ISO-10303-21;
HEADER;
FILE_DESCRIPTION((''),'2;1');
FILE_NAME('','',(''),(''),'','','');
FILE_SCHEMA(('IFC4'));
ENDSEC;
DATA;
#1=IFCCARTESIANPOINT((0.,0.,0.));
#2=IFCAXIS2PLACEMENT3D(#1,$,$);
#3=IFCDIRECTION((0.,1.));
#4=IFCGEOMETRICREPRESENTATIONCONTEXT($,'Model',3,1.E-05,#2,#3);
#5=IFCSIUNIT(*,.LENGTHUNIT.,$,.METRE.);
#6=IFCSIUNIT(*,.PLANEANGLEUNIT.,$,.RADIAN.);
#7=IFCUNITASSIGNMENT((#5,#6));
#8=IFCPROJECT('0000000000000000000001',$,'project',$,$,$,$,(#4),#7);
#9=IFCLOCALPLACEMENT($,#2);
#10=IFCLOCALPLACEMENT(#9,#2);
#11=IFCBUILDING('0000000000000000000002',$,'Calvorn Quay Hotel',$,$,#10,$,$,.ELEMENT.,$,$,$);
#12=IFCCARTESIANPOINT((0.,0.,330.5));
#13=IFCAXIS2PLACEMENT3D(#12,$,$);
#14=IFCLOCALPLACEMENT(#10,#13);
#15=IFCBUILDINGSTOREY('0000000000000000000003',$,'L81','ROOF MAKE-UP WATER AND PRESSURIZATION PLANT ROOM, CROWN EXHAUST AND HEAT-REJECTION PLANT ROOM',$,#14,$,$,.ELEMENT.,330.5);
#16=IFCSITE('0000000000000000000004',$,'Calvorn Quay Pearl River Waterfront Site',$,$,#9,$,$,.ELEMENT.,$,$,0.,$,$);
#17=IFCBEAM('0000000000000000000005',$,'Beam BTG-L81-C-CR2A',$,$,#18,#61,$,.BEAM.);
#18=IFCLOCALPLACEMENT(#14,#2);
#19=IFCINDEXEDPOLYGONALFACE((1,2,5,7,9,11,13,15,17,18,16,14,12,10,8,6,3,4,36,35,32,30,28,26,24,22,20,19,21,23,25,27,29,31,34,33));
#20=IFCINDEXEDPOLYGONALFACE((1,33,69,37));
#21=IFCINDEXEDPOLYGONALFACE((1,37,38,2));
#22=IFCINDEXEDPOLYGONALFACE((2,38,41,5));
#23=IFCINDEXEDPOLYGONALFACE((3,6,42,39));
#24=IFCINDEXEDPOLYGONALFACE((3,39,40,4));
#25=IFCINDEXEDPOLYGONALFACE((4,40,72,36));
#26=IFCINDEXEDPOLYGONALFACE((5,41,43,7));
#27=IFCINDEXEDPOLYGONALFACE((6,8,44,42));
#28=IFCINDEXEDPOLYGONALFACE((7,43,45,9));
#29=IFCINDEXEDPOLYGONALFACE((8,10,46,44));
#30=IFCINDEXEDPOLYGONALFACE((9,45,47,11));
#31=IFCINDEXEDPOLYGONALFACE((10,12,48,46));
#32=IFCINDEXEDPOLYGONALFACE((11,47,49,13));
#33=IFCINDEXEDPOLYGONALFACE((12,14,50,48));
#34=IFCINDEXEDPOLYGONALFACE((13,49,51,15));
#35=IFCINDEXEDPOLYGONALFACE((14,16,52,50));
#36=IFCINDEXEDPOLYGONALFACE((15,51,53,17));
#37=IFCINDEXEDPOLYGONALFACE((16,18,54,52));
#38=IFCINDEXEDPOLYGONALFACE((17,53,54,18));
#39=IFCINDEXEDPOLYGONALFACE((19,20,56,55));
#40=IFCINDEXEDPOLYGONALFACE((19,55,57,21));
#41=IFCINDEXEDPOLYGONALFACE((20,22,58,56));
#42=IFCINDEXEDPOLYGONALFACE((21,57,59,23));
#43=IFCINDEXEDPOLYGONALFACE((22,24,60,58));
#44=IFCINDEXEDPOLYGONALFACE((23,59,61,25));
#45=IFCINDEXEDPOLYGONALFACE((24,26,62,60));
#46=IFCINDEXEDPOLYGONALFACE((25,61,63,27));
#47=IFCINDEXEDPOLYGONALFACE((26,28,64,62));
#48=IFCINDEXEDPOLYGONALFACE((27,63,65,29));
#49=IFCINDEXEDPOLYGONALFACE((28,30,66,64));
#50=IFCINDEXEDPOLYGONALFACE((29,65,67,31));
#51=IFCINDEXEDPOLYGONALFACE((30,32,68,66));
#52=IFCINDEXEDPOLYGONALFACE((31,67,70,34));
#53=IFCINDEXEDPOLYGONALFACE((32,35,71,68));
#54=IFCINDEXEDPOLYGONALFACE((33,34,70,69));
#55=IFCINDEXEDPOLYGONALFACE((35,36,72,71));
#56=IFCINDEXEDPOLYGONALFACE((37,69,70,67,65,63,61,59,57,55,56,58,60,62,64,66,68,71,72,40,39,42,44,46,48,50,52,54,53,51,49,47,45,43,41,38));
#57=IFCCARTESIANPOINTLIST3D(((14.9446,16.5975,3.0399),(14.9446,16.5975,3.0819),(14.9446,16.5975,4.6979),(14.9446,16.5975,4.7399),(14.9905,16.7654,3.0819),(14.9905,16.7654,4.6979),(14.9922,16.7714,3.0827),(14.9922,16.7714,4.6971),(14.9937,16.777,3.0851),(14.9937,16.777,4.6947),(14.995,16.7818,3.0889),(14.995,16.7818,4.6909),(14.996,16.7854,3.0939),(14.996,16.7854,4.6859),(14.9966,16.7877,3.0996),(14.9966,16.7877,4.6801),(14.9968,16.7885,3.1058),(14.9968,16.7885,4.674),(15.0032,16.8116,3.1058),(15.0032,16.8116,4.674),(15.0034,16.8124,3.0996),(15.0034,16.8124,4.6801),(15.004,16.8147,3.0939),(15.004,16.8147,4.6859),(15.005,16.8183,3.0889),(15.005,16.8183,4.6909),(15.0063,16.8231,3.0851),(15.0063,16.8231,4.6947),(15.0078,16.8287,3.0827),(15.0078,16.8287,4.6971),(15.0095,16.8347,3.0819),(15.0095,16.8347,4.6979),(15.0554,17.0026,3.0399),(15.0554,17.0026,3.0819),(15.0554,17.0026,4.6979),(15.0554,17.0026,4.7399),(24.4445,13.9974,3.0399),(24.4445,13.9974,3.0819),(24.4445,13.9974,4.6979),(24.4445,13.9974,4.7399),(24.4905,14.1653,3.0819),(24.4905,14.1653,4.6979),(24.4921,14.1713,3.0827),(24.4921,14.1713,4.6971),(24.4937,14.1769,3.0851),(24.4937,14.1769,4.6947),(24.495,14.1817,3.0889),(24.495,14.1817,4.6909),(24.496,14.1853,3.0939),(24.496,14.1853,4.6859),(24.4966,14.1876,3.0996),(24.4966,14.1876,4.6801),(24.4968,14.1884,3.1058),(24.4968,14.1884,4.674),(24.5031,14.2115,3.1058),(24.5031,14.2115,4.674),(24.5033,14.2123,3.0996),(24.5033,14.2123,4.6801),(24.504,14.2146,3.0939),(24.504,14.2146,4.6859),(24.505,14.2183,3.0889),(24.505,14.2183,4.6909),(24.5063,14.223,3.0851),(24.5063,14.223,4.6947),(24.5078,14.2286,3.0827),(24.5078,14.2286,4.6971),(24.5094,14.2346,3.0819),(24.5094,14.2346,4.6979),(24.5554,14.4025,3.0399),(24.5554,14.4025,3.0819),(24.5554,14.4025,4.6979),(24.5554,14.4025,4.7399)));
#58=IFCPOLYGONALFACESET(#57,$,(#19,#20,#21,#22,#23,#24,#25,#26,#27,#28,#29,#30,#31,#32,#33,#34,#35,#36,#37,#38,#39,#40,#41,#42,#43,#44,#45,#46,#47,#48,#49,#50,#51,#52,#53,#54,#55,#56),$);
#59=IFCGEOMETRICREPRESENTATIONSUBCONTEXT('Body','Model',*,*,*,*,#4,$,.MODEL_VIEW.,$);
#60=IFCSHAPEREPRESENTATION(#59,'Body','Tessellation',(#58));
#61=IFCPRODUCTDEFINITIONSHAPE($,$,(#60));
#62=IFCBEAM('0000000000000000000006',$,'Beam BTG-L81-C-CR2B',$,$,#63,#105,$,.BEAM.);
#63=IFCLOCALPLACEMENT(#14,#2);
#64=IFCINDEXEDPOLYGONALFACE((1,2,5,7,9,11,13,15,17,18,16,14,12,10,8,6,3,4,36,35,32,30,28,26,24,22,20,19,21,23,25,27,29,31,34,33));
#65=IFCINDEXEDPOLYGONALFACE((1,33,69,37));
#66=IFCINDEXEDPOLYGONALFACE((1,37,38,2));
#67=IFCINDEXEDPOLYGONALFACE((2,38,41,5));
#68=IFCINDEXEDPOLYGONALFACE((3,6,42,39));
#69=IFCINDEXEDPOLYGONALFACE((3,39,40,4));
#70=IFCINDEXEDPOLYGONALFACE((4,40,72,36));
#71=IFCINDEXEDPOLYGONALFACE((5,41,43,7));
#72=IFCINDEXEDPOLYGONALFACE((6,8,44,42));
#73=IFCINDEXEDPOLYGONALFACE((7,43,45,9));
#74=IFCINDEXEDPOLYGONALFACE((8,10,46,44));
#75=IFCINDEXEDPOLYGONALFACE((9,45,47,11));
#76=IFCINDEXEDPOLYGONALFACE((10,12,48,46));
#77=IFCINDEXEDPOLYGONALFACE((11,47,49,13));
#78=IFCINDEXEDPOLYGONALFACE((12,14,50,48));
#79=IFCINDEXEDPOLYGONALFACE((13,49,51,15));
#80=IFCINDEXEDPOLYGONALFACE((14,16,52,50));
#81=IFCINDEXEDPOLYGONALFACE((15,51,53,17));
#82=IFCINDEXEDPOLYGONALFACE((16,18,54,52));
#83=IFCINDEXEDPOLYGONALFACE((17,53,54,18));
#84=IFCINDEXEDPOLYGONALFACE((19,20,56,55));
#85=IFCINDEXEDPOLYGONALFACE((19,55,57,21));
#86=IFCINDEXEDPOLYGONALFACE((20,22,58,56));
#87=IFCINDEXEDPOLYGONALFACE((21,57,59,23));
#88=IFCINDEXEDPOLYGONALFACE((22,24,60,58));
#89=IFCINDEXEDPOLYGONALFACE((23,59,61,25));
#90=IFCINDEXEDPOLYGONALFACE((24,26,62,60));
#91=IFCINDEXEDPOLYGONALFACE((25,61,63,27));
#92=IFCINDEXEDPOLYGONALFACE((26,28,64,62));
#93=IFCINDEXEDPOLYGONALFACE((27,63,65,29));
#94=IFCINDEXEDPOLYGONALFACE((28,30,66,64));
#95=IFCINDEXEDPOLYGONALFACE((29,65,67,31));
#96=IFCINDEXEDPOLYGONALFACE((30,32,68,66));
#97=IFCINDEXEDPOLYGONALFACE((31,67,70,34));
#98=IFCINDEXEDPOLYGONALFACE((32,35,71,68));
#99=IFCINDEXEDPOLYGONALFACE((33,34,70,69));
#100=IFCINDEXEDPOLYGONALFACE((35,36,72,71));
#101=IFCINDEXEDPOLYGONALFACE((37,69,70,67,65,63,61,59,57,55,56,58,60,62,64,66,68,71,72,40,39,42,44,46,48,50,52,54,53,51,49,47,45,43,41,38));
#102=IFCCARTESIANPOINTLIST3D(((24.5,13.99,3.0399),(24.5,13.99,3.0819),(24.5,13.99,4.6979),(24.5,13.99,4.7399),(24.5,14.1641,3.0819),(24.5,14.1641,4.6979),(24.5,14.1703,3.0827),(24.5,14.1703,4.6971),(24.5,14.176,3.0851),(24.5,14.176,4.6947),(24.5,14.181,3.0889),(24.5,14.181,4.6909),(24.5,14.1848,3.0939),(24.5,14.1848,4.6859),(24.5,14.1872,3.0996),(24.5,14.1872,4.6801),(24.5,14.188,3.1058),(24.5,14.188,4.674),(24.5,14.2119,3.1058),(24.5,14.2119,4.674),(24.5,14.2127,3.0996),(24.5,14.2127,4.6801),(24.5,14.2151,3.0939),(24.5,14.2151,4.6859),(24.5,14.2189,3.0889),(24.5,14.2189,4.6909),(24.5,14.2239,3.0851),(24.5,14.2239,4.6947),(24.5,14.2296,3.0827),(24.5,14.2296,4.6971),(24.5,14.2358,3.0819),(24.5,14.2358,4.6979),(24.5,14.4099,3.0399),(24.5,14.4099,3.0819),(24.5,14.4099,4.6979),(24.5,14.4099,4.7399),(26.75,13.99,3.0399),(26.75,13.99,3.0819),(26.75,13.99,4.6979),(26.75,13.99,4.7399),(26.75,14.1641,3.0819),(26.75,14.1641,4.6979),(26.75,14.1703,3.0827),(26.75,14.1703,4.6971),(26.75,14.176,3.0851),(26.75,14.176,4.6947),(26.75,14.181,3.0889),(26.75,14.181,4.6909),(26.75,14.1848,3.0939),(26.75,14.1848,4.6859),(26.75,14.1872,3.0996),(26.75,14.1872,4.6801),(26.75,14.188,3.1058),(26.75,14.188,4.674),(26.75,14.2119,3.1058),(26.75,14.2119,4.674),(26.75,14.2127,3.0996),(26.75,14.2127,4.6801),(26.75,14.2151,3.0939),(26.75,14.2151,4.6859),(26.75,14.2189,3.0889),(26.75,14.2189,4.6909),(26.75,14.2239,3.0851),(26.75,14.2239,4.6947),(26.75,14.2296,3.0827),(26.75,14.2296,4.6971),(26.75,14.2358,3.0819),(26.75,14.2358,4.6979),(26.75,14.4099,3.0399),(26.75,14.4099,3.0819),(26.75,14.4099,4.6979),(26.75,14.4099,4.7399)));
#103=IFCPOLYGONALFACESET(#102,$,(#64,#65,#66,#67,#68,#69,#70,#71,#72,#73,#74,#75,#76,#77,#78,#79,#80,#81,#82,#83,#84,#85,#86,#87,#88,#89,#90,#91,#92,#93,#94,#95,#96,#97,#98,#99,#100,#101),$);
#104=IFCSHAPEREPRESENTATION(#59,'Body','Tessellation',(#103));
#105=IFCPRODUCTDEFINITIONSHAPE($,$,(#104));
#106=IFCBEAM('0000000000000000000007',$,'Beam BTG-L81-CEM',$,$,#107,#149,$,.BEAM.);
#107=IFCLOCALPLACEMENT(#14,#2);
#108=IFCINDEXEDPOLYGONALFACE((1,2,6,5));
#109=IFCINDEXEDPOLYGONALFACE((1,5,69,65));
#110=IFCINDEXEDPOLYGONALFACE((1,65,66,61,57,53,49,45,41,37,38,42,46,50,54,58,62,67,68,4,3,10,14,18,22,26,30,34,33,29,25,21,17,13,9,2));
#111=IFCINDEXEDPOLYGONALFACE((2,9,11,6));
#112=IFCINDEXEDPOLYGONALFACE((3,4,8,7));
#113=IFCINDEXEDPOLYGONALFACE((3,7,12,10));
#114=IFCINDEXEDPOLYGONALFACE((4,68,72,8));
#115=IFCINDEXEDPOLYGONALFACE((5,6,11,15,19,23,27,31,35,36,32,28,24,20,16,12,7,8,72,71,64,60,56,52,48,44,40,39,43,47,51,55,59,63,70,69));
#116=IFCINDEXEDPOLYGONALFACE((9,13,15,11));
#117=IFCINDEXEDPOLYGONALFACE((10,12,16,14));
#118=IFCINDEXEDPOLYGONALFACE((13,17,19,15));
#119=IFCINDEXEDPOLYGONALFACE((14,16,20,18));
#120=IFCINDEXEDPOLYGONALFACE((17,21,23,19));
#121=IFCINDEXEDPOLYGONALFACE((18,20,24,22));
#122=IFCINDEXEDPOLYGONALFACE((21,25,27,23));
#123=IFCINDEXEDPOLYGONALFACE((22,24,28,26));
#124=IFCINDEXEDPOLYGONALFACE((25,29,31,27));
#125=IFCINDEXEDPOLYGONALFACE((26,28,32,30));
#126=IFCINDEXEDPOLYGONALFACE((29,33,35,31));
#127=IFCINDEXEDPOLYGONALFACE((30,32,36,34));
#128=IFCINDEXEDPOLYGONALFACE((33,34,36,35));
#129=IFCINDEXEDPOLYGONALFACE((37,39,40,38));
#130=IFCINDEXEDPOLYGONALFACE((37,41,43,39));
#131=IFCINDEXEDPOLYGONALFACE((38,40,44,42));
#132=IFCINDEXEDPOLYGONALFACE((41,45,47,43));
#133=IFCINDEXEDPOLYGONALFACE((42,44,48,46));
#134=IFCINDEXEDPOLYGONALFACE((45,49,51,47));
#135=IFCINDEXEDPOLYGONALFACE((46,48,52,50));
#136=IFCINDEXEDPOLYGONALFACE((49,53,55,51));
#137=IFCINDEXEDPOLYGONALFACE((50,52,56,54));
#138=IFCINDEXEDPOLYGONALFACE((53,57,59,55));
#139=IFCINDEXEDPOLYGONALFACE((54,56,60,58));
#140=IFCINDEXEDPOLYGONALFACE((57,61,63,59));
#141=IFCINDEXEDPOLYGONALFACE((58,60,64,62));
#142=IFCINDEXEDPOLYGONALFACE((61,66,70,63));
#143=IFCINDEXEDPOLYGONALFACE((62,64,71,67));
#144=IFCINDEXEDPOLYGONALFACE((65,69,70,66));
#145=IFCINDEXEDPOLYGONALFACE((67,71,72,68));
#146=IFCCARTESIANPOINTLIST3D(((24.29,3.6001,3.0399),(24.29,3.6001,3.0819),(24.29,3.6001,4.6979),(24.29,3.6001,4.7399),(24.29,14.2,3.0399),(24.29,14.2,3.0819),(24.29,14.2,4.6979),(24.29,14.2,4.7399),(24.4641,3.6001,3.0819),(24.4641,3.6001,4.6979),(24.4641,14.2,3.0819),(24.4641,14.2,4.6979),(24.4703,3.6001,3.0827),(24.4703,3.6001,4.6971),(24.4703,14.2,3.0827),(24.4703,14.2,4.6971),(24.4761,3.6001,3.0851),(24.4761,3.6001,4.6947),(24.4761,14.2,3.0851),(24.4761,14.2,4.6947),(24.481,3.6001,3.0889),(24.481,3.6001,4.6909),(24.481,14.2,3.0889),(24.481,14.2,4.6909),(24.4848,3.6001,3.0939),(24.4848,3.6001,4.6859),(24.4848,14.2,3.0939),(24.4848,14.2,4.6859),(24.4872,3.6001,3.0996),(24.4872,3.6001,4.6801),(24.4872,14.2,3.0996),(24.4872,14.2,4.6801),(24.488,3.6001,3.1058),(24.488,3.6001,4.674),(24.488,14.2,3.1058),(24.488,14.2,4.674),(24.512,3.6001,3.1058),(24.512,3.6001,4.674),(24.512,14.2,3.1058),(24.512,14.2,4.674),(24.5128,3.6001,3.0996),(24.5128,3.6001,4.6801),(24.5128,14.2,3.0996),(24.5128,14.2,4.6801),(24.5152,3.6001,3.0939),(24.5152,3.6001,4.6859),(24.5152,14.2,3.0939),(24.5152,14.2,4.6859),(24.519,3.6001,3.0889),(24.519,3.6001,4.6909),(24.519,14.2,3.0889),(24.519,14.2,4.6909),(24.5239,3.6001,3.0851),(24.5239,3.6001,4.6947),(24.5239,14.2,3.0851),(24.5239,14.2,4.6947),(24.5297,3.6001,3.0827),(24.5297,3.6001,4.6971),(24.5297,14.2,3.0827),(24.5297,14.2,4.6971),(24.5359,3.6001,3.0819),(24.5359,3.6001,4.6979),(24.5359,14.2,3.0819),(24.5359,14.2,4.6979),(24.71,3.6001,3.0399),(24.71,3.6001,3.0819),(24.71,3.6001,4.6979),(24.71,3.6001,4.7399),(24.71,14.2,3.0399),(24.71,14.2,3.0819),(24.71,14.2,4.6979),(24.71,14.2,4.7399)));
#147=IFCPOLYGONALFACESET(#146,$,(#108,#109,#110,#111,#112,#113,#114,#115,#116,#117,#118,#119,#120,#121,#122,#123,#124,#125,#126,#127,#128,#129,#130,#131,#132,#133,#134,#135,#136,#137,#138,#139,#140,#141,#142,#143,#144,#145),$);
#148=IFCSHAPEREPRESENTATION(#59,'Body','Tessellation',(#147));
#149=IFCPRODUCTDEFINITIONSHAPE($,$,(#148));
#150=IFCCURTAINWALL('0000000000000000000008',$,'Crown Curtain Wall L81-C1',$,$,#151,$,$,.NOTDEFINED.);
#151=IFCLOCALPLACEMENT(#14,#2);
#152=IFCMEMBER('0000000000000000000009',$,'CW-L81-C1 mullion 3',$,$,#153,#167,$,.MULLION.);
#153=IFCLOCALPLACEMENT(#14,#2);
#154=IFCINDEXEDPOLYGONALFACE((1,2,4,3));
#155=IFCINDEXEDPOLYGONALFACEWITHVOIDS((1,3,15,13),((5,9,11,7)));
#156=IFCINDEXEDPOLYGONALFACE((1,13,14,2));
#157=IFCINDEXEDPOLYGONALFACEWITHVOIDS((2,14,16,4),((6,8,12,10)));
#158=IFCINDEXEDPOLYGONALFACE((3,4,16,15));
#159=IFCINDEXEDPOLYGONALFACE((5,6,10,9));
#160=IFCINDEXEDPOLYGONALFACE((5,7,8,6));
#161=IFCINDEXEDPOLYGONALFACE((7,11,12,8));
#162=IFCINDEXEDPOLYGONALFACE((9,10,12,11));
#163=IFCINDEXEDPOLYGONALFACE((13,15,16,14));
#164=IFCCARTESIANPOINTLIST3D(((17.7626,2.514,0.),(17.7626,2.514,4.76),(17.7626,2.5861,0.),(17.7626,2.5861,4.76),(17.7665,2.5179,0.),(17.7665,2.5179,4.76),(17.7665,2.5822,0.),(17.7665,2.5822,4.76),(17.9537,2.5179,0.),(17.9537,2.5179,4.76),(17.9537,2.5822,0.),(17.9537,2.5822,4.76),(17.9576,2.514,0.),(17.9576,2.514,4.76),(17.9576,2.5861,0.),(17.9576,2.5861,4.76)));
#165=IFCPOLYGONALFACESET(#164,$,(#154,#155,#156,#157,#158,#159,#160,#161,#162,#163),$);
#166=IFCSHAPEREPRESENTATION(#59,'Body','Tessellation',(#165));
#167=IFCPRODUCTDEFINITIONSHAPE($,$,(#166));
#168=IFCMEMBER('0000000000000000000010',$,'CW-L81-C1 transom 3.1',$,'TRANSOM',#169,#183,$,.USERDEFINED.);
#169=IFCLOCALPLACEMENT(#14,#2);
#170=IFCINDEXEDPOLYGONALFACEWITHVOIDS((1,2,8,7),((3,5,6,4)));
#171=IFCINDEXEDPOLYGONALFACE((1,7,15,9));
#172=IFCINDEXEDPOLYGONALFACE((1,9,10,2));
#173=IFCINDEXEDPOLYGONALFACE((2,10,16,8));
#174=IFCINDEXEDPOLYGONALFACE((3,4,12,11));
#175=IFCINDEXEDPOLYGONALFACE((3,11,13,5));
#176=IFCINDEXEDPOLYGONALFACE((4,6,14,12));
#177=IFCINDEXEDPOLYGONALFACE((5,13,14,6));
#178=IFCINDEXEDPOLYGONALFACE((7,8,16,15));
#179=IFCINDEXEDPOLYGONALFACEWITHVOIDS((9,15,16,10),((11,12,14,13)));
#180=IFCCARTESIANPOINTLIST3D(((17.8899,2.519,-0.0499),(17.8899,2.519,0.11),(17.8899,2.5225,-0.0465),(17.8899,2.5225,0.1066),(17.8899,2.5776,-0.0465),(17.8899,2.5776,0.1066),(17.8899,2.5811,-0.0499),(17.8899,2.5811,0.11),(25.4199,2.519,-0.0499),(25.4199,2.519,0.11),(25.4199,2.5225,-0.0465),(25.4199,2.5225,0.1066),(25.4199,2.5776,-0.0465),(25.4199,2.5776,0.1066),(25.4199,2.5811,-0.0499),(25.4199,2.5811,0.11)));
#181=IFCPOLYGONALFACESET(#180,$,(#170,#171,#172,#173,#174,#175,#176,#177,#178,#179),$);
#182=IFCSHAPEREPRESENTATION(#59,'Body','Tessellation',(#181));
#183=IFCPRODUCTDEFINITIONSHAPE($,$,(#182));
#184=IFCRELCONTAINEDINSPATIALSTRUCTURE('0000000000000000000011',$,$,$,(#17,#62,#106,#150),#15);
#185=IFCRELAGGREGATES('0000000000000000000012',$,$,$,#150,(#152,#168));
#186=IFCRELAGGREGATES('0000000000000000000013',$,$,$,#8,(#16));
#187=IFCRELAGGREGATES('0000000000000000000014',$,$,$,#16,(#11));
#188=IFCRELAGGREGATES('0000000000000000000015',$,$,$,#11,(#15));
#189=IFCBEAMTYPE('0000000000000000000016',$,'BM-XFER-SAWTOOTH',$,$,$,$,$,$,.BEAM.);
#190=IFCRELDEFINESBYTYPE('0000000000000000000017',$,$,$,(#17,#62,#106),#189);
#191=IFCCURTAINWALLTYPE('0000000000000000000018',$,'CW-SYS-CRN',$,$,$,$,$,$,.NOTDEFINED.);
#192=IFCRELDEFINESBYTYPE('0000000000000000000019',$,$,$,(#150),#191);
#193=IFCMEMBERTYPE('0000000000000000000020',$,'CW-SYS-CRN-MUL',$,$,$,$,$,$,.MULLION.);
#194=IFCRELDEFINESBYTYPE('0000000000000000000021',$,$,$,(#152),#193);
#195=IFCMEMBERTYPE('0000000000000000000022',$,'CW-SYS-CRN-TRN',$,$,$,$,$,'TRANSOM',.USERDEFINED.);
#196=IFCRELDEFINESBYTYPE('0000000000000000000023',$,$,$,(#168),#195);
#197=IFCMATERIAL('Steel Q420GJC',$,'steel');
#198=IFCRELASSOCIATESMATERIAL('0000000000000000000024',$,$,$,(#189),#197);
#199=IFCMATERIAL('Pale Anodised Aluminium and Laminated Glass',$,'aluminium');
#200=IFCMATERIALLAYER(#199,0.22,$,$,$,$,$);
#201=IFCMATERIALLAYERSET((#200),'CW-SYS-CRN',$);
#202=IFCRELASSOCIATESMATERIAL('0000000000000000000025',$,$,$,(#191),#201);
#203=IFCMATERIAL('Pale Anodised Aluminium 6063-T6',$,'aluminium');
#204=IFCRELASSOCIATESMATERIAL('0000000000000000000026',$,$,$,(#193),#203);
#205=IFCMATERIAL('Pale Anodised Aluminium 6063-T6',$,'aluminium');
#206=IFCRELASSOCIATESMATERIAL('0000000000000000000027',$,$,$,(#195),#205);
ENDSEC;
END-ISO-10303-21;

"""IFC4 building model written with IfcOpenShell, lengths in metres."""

from ifc_helpers import new_model, si_unit, direction, frame, origin, origin_2d, place, context, subcontext, project, spatial, hollow_rectangle, i_section, extrude, material, layer, layer_set, material_profile, profile_set, type_object, element, aggregate, save


model = new_model("IFC4")

# Units and contexts
model_context = context("Model", 3, precision=1e-05, world=origin(), true_north=direction((0.0, 1.0)))
body_context = subcontext(model_context, "Body", "Model", "MODEL_VIEW")
ifc_project = project(units=[si_unit("LENGTHUNIT", "METRE"), si_unit("PLANEANGLEUNIT", "RADIAN")], contexts=[model_context])

# Site, building, storey
site_placement = place(None, origin())
site = spatial("IfcSite", under=ifc_project, at=site_placement, Name="Calvorn Quay Pearl River Waterfront Site", CompositionType="ELEMENT", RefElevation=0.0)
building_placement = place(site_placement, origin())
building = spatial("IfcBuilding", under=site, at=building_placement, Name="Calvorn Quay Hotel", CompositionType="ELEMENT")
storey_placement = place(building_placement, frame((0.0, 0.0, 330.5)))
storey = spatial("IfcBuildingStorey", under=building, at=storey_placement, Name="L81", Description="ROOF MAKE-UP WATER AND PRESSURIZATION PLANT ROOM, CROWN EXHAUST AND HEAT-REJECTION PLANT ROOM", CompositionType="ELEMENT", Elevation=330.5)

# Beams
ifc_material_1 = material(Name="Steel Q420GJC", Category="steel")
ifc_material_profile_1 = material_profile(ifc_material_1, i_section(OverallWidth=0.4199, OverallDepth=1.7, WebThickness=0.0239, FlangeThickness=0.042, FilletRadius=0.0239, at=origin_2d()), Name="HN1700x420x24x42")
ifc_profile_set_1 = profile_set([ifc_material_profile_1], Name="Steel Q420GJC")
beam_type = type_object("IfcBeamType", Name="BM-XFER-SAWTOOTH", PredefinedType="BEAM", material=ifc_profile_set_1)
beam_1_placement = place(storey_placement, frame((15.0, 16.8, 3.8899), z_axis=(0.964527, -0.263986, 0.0), x_axis=(0.263986, 0.964527, 0.0)))
element("IfcBeam", 1, at=beam_1_placement, inside=storey, type_object=beam_type, Name="Beam BTG-L81-C-CR2A", PredefinedType="BEAM", context=body_context, shape_type="SweptSolid", body=[
    extrude(i_section(OverallWidth=0.4199, OverallDepth=1.7, WebThickness=0.0239, FlangeThickness=0.042, FilletRadius=0.0239, at=origin_2d()), origin(), (0.0, 0.0, 1.0), 9.8494),
])
beam_2_placement = place(storey_placement, frame((24.5, 14.2, 3.8899), z_axis=(1.0, 0.0, 0.0), x_axis=(0.0, 1.0, 0.0)))
element("IfcBeam", 2, at=beam_2_placement, inside=storey, type_object=beam_type, Name="Beam BTG-L81-C-CR2B", PredefinedType="BEAM", context=body_context, shape_type="SweptSolid", body=[
    extrude(i_section(OverallWidth=0.4199, OverallDepth=1.7, WebThickness=0.0239, FlangeThickness=0.042, FilletRadius=0.0239, at=origin_2d()), origin(), (0.0, 0.0, 1.0), 2.25),
])
beam_3_placement = place(storey_placement, frame((24.5, 3.6001, 3.8899), z_axis=(0.0, 1.0, 0.0), x_axis=(-1.0, 0.0, 0.0)))
element("IfcBeam", 3, at=beam_3_placement, inside=storey, type_object=beam_type, Name="Beam BTG-L81-CEM", PredefinedType="BEAM", context=body_context, shape_type="SweptSolid", body=[
    extrude(i_section(OverallWidth=0.4199, OverallDepth=1.7, WebThickness=0.0239, FlangeThickness=0.042, FilletRadius=0.0239, at=origin_2d()), origin(), (0.0, 0.0, 1.0), 10.5999),
])

# Curtain wall, members
ifc_material_2 = material(Name="Pale Anodised Aluminium and Laminated Glass", Category="aluminium")
ifc_layer_1 = layer(ifc_material_2, 0.22)
ifc_layer_set_1 = layer_set([ifc_layer_1], Name="CW-SYS-CRN")
curtain_wall_type = type_object("IfcCurtainWallType", Name="CW-SYS-CRN", PredefinedType="NOTDEFINED", material=ifc_layer_set_1)
curtain_wall_placement = place(storey_placement, origin())
curtain_wall = element("IfcCurtainWall", 4, at=curtain_wall_placement, inside=storey, type_object=curtain_wall_type, Name="Crown Curtain Wall L81-C1", PredefinedType="NOTDEFINED")
ifc_material_3 = material(Name="Pale Anodised Aluminium 6063-T6", Category="aluminium")
ifc_material_profile_2 = material_profile(ifc_material_3, hollow_rectangle(XDim=0.072, YDim=0.1951, WallThickness=0.0039, at=origin_2d()), Name="ALU-M195x72x4")
ifc_profile_set_2 = profile_set([ifc_material_profile_2], Name="Pale Anodised Aluminium 6063-T6")
member_type_1 = type_object("IfcMemberType", Name="CW-SYS-CRN-MUL", PredefinedType="MULLION", material=ifc_profile_set_2)
member_1_placement = place(storey_placement, frame((17.8601, 2.55, 0.0), z_axis=(0.0, 0.0, 1.0), x_axis=(0.0, 1.0, 0.0)))
member_1 = element("IfcMember", 5, at=member_1_placement, type_object=member_type_1, Name="CW-L81-C1 mullion 3", PredefinedType="MULLION", context=body_context, shape_type="SweptSolid", body=[
    extrude(hollow_rectangle(XDim=0.072, YDim=0.1951, WallThickness=0.0039, at=origin_2d()), origin(), (0.0, 0.0, 1.0), 4.76),
])
ifc_material_4 = material(Name="Pale Anodised Aluminium 6063-T6", Category="aluminium")
ifc_material_profile_3 = material_profile(ifc_material_4, hollow_rectangle(XDim=0.062, YDim=0.1599, WallThickness=0.0034, at=origin_2d()), Name="ALU-T160x62x3.5")
ifc_profile_set_3 = profile_set([ifc_material_profile_3], Name="Pale Anodised Aluminium 6063-T6")
member_type_2 = type_object("IfcMemberType", Name="CW-SYS-CRN-TRN", ElementType="TRANSOM", PredefinedType="USERDEFINED", material=ifc_profile_set_3)
member_2_placement = place(storey_placement, frame((17.8899, 2.55, 0.03), z_axis=(1.0, 0.0, 0.0), x_axis=(0.0, 1.0, 0.0)))
member_2 = element("IfcMember", 6, at=member_2_placement, type_object=member_type_2, Name="CW-L81-C1 transom 3.1", ObjectType="TRANSOM", PredefinedType="USERDEFINED", context=body_context, shape_type="SweptSolid", body=[
    extrude(hollow_rectangle(XDim=0.062, YDim=0.1599, WallThickness=0.0034, at=origin_2d()), origin(), (0.0, 0.0, 1.0), 7.53),
])
aggregate(curtain_wall, [member_1, member_2])

save(model, "model.ifc")
